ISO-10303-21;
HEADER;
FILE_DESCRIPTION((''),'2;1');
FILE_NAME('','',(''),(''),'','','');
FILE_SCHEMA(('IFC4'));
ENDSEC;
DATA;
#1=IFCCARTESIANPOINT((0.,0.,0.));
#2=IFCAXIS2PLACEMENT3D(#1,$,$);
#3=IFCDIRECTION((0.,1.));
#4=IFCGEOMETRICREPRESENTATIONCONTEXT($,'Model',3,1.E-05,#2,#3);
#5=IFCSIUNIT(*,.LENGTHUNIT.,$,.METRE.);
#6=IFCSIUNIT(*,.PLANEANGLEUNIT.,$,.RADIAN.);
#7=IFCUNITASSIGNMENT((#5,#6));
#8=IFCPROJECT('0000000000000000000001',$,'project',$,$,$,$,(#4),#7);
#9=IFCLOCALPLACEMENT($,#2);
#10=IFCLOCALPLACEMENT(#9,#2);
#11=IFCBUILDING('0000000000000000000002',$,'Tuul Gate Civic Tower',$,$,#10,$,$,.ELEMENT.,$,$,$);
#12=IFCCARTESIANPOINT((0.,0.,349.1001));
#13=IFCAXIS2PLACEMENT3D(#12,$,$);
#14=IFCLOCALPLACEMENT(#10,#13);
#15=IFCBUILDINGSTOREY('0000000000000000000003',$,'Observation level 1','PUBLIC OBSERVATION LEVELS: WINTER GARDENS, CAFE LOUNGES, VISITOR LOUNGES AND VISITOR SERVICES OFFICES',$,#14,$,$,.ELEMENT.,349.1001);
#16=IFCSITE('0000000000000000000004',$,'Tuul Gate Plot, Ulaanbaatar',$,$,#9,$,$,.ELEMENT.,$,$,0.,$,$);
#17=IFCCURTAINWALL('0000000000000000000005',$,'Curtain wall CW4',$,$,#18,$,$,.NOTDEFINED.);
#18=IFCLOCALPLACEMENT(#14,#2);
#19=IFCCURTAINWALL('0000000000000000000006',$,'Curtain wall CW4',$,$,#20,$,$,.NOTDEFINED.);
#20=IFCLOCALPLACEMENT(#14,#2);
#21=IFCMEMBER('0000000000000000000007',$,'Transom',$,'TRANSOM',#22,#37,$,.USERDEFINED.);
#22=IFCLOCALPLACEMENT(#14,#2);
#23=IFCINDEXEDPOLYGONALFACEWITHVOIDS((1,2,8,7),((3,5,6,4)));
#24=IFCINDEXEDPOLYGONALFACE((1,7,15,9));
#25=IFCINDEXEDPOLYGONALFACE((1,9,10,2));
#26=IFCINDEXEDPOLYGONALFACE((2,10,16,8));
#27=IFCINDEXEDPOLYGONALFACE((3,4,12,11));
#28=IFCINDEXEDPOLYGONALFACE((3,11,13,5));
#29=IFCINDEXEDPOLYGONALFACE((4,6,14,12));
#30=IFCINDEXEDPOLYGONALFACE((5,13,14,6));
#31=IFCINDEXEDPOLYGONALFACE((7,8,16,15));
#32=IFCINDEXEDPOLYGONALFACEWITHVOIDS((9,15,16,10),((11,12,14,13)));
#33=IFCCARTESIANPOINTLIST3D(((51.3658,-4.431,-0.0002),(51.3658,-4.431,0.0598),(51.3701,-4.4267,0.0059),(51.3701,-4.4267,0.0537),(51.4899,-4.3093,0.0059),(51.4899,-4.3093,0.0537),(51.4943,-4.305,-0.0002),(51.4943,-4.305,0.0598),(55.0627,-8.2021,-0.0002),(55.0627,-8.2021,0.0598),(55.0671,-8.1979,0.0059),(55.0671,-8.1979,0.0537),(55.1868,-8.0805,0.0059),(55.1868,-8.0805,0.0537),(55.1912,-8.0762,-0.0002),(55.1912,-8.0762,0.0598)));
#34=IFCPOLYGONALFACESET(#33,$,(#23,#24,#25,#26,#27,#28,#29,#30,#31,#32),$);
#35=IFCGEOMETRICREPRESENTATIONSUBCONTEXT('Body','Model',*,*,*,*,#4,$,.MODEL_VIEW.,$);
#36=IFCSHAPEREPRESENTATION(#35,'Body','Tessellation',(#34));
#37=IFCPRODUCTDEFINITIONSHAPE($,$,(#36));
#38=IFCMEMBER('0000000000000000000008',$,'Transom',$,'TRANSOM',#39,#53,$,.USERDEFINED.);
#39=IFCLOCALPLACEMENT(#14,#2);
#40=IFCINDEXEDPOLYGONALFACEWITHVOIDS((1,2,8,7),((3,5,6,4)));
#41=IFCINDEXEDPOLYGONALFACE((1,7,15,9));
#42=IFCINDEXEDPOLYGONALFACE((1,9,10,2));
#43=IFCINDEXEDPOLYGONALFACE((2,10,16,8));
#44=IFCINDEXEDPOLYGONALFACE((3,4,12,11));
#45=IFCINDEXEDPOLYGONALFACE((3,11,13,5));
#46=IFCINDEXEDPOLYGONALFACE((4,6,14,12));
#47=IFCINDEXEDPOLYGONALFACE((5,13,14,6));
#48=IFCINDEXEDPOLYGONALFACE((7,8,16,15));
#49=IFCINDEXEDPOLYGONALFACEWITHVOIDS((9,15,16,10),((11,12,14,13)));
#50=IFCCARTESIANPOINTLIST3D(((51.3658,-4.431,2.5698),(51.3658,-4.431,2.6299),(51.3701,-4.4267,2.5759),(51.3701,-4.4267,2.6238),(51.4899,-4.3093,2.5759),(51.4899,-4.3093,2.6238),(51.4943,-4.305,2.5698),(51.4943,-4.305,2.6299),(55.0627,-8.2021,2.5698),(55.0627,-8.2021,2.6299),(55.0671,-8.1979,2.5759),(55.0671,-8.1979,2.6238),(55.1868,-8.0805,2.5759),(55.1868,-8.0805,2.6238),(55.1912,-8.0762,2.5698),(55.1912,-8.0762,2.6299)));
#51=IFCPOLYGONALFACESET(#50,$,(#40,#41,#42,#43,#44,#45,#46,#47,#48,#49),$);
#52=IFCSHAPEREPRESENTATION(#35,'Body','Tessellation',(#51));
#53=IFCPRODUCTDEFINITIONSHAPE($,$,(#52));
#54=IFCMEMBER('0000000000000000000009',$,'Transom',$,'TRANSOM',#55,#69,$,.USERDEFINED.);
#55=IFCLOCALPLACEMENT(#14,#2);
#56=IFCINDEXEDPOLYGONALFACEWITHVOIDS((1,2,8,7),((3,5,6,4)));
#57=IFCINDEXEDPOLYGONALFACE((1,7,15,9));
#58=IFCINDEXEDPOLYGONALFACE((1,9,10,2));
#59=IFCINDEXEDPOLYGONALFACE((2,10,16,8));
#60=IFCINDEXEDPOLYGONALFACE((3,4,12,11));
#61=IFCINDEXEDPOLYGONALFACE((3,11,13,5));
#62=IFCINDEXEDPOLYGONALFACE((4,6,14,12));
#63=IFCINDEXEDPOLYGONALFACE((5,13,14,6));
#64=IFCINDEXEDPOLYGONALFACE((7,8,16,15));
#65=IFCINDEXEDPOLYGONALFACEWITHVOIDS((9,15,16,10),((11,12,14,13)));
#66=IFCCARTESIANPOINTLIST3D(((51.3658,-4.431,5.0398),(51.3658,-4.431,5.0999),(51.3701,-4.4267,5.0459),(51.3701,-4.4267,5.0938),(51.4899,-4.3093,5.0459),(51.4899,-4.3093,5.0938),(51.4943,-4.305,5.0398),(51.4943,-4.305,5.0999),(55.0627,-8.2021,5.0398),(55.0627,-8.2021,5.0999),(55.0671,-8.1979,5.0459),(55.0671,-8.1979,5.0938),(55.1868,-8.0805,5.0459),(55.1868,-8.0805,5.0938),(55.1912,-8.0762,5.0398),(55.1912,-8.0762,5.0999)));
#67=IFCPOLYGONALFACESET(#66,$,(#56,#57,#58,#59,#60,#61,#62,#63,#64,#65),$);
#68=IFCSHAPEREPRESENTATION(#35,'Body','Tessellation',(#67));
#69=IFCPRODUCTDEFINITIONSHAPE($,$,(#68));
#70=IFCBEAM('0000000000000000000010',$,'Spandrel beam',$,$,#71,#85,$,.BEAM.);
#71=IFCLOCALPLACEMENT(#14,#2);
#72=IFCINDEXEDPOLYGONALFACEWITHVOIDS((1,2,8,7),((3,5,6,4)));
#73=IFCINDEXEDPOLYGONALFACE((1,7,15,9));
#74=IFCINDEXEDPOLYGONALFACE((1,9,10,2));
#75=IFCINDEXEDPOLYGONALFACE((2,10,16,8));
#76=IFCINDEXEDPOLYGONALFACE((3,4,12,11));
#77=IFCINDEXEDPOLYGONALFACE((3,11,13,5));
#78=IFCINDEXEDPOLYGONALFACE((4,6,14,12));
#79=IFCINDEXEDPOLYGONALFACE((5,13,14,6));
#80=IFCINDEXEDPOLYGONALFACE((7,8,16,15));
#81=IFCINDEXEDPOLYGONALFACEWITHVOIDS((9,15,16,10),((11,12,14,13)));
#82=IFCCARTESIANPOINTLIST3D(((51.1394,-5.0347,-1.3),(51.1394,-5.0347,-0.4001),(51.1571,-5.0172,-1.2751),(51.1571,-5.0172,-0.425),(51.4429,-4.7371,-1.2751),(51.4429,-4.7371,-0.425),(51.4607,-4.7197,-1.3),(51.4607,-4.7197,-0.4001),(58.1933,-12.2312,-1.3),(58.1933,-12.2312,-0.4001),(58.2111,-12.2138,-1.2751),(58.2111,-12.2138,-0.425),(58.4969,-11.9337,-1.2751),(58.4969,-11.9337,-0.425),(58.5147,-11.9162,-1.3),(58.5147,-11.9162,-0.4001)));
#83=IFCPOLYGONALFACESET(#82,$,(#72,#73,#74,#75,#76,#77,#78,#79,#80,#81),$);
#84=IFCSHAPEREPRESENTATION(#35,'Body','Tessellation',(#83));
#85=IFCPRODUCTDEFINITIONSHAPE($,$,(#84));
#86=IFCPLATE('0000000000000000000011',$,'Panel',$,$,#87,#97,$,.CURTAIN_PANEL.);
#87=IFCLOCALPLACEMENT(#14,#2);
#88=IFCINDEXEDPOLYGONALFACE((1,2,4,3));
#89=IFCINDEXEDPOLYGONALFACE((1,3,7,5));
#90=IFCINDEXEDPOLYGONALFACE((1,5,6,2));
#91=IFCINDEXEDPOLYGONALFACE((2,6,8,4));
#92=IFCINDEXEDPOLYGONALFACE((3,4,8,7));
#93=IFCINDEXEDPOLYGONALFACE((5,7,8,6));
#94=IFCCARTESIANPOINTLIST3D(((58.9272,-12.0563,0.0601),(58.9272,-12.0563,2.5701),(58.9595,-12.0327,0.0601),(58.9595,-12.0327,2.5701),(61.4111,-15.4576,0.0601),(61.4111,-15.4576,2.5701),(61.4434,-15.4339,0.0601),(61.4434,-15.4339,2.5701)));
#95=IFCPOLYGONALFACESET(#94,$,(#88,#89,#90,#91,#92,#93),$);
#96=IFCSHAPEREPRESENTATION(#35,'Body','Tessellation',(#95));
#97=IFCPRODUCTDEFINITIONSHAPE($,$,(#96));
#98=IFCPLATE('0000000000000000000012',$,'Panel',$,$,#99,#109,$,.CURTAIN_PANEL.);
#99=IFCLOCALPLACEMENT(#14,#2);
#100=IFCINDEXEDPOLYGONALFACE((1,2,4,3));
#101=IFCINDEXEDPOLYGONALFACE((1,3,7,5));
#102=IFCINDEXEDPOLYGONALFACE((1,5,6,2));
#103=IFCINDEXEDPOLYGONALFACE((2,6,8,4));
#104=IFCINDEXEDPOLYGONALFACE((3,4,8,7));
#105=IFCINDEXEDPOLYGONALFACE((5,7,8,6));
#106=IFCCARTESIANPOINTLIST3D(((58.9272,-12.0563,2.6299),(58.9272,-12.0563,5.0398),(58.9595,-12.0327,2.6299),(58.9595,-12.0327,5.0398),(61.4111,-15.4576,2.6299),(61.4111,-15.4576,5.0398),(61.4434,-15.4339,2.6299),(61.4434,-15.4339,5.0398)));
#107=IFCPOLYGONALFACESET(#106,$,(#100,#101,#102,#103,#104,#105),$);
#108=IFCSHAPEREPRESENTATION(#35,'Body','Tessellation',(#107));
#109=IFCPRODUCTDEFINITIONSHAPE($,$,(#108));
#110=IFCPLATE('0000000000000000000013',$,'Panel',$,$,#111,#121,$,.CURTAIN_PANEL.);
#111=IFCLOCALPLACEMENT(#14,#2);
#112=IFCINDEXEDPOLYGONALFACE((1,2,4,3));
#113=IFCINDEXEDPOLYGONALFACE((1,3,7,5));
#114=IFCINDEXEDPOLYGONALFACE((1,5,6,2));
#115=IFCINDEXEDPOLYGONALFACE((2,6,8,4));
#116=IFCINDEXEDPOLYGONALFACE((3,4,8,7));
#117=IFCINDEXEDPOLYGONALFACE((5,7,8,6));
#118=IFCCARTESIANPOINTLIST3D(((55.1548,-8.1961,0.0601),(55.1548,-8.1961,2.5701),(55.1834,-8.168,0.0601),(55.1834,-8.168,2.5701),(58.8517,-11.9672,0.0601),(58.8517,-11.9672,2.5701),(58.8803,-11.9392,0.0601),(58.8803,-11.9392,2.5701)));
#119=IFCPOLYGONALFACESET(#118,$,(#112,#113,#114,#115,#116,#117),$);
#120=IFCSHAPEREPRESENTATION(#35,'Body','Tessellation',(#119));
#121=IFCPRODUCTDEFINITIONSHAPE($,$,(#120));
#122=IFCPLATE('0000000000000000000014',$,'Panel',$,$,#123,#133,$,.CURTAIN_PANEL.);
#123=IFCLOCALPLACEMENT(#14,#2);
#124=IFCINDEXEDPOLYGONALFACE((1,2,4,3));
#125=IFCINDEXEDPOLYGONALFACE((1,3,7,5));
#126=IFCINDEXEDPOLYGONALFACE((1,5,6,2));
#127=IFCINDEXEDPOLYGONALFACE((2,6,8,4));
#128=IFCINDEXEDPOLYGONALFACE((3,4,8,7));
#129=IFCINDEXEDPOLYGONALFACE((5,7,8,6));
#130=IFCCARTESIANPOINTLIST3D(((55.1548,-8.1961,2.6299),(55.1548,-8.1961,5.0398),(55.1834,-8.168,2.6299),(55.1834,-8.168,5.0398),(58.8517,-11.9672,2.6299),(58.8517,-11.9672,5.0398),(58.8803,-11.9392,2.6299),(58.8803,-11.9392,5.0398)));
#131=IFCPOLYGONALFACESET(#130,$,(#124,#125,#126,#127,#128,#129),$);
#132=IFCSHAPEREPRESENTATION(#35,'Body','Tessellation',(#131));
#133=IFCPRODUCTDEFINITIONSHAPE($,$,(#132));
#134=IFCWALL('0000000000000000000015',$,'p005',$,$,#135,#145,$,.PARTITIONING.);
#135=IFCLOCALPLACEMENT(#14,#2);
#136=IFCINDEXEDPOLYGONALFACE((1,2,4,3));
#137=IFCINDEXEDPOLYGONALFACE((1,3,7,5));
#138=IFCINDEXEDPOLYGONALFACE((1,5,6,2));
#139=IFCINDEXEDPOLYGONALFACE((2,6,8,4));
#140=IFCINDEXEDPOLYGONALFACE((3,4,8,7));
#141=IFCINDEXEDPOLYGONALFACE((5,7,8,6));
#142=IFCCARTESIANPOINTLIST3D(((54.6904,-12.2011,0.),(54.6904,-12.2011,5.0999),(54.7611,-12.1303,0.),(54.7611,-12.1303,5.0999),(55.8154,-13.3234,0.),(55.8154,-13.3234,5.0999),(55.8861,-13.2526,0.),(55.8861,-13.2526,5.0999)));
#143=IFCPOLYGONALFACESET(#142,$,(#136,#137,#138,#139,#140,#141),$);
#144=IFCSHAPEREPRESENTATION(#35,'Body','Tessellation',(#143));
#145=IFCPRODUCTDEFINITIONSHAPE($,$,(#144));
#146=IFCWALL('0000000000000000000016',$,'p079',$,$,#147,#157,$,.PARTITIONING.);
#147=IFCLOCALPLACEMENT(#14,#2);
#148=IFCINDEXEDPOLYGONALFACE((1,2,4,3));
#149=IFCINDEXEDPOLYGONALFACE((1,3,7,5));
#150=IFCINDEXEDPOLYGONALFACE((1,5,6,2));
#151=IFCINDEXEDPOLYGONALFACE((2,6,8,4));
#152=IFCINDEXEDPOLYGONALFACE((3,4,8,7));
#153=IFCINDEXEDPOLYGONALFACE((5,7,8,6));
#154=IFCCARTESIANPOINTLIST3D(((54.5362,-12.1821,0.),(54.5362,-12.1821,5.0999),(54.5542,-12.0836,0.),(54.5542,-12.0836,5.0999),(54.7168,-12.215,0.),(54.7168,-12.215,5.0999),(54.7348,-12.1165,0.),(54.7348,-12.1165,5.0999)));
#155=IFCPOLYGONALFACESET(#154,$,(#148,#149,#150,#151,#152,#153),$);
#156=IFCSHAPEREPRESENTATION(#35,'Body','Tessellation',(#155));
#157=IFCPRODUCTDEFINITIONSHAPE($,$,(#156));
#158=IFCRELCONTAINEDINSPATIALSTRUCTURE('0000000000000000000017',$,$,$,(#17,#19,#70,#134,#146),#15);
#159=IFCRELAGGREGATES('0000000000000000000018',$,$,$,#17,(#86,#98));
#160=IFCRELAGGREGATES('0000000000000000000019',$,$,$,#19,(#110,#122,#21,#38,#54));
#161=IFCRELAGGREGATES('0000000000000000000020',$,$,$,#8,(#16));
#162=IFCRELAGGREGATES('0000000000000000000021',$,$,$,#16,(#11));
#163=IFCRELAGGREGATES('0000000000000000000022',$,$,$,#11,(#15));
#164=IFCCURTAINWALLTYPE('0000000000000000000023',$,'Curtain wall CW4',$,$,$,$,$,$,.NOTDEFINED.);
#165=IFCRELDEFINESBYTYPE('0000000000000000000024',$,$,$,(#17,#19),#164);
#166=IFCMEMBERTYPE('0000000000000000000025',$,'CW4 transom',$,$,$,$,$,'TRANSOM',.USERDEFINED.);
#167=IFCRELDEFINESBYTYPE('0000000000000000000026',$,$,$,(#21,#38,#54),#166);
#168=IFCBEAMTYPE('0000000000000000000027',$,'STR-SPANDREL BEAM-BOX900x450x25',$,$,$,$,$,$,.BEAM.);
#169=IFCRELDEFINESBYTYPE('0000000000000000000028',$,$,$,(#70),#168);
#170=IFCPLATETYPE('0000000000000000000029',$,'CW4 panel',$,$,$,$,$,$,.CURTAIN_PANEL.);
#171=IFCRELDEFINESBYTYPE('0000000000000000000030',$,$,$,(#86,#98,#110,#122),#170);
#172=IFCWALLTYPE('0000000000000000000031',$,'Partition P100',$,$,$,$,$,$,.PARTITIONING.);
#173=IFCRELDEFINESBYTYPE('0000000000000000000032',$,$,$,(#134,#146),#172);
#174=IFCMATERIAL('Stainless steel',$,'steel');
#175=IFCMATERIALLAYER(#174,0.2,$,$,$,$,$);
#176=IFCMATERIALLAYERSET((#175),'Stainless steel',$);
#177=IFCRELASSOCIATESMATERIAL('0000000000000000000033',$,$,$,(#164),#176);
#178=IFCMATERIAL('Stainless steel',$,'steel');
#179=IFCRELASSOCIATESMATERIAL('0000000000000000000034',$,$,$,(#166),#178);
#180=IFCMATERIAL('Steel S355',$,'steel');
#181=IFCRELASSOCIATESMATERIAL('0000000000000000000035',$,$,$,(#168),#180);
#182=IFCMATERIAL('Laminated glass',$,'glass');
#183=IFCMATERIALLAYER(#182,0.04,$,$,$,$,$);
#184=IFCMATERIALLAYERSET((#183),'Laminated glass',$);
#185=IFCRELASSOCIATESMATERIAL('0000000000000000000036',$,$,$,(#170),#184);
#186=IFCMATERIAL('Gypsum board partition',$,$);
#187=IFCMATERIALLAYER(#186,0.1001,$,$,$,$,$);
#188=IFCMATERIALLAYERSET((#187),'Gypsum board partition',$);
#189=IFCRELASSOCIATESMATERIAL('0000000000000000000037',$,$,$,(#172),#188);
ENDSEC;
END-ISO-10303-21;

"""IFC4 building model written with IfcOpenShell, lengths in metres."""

from ifc_helpers import new_model, si_unit, direction, frame, frame_2d, origin, origin_2d, place, context, subcontext, project, spatial, rectangle, hollow_rectangle, extrude, material, layer, layer_set, material_profile, profile_set, type_object, element, aggregate, save


model = new_model("IFC4")

# Units and contexts
model_context = context("Model", 3, precision=1e-05, world=origin(), true_north=direction((0.0, 1.0)))
body_context = subcontext(model_context, "Body", "Model", "MODEL_VIEW")
ifc_project = project(units=[si_unit("LENGTHUNIT", "METRE"), si_unit("PLANEANGLEUNIT", "RADIAN")], contexts=[model_context])

# Site, building, storey
site_placement = place(None, origin())
site = spatial("IfcSite", under=ifc_project, at=site_placement, Name="Tuul Gate Plot, Ulaanbaatar", CompositionType="ELEMENT", RefElevation=0.0)
building_placement = place(site_placement, origin())
building = spatial("IfcBuilding", under=site, at=building_placement, Name="Tuul Gate Civic Tower", CompositionType="ELEMENT")
storey_placement = place(building_placement, frame((0.0, 0.0, 349.1001)))
storey = spatial("IfcBuildingStorey", under=building, at=storey_placement, Name="Observation level 1", Description="PUBLIC OBSERVATION LEVELS: WINTER GARDENS, CAFE LOUNGES, VISITOR LOUNGES AND VISITOR SERVICES OFFICES", CompositionType="ELEMENT", Elevation=349.1001)

# Curtain wall
ifc_material_1 = material(Name="Stainless steel", Category="steel")
ifc_layer_1 = layer(ifc_material_1, 0.2)
ifc_layer_set_1 = layer_set([ifc_layer_1], Name="Stainless steel")
curtain_wall_type = type_object("IfcCurtainWallType", Name="Curtain wall CW4", PredefinedType="NOTDEFINED", material=ifc_layer_set_1)
curtain_wall_1_placement = place(storey_placement, origin())
curtain_wall_1 = element("IfcCurtainWall", 1, at=curtain_wall_1_placement, inside=storey, type_object=curtain_wall_type, Name="Curtain wall CW4", PredefinedType="NOTDEFINED")

# Curtain wall
curtain_wall_2_placement = place(storey_placement, origin())
curtain_wall_2 = element("IfcCurtainWall", 2, at=curtain_wall_2_placement, inside=storey, type_object=curtain_wall_type, Name="Curtain wall CW4", PredefinedType="NOTDEFINED")

# Members
ifc_material_2 = material(Name="Stainless steel", Category="steel")
ifc_material_profile_1 = material_profile(ifc_material_2, hollow_rectangle(XDim=0.1799, YDim=0.0601, WallThickness=0.0061, at=origin_2d()), Name="CW4 transom")
ifc_profile_set_1 = profile_set([ifc_material_profile_1], Name="Stainless steel")
member_type_1 = type_object("IfcMemberType", Name="CW4 transom", ElementType="TRANSOM", PredefinedType="USERDEFINED", material=ifc_profile_set_1)
member_1_placement = place(storey_placement, frame((55.127, -8.1392, 0.0298), z_axis=(-0.700045, 0.714099, 0.0), x_axis=(-0.714099, -0.700045, 0.0)))
member_1 = element("IfcMember", 3, at=member_1_placement, type_object=member_type_1, Name="Transom", ObjectType="TRANSOM", PredefinedType="USERDEFINED", context=body_context, shape_type="SweptSolid", body=[
    extrude(hollow_rectangle(XDim=0.1799, YDim=0.0601, WallThickness=0.0061, at=origin_2d()), origin(), (0.0, 0.0, 1.0), 5.281),
])
member_2_placement = place(storey_placement, frame((55.127, -8.1392, 2.5999), z_axis=(-0.700045, 0.714099, 0.0), x_axis=(-0.714099, -0.700045, 0.0)))
member_2 = element("IfcMember", 4, at=member_2_placement, type_object=member_type_1, Name="Transom", ObjectType="TRANSOM", PredefinedType="USERDEFINED", context=body_context, shape_type="SweptSolid", body=[
    extrude(hollow_rectangle(XDim=0.1799, YDim=0.0601, WallThickness=0.0061, at=origin_2d()), origin(), (0.0, 0.0, 1.0), 5.281),
])
member_3_placement = place(storey_placement, frame((55.127, -8.1392, 5.0698), z_axis=(-0.700045, 0.714099, 0.0), x_axis=(-0.714099, -0.700045, 0.0)))
member_3 = element("IfcMember", 5, at=member_3_placement, type_object=member_type_1, Name="Transom", ObjectType="TRANSOM", PredefinedType="USERDEFINED", context=body_context, shape_type="SweptSolid", body=[
    extrude(hollow_rectangle(XDim=0.1799, YDim=0.0601, WallThickness=0.0061, at=origin_2d()), origin(), (0.0, 0.0, 1.0), 5.281),
])

# Beam
ifc_material_3 = material(Name="Steel S355", Category="steel")
ifc_material_profile_2 = material_profile(ifc_material_3, hollow_rectangle(XDim=0.45, YDim=0.8999, WallThickness=0.0249, at=origin_2d()), Name="BOX900x450x25")
ifc_profile_set_2 = profile_set([ifc_material_profile_2], Name="Steel S355")
beam_type = type_object("IfcBeamType", Name="STR-SPANDREL BEAM-BOX900x450x25", PredefinedType="BEAM", material=ifc_profile_set_2)
beam_placement = place(storey_placement, frame((58.354, -12.0737, -0.8501), z_axis=(-0.699997, 0.714146, 0.0), x_axis=(-0.714146, -0.699997, 0.0)))
element("IfcBeam", 6, at=beam_placement, inside=storey, type_object=beam_type, Name="Spandrel beam", PredefinedType="BEAM", context=body_context, shape_type="SweptSolid", body=[
    extrude(hollow_rectangle(XDim=0.45, YDim=0.8999, WallThickness=0.0249, at=origin_2d()), origin(), (0.0, 0.0, 1.0), 10.0771),
])

# Plates
ifc_material_4 = material(Name="Laminated glass", Category="glass")
ifc_layer_2 = layer(ifc_material_4, 0.04)
ifc_layer_set_2 = layer_set([ifc_layer_2], Name="Laminated glass")
plate_type = type_object("IfcPlateType", Name="CW4 panel", PredefinedType="CURTAIN_PANEL", material=ifc_layer_set_2)
plate_1_placement = place(storey_placement, frame((60.1853, -13.7451, 0.0601), z_axis=(0.0, 0.0, 1.0), x_axis=(-0.58976, 0.807578, 0.0)))
plate_1 = element("IfcPlate", 7, at=plate_1_placement, type_object=plate_type, Name="Panel", PredefinedType="CURTAIN_PANEL", context=body_context, shape_type="SweptSolid", body=[
    extrude(rectangle(XDim=4.2117, YDim=0.04, at=origin_2d()), origin(), (0.0, 0.0, 1.0), 2.51),
])
plate_2_placement = place(storey_placement, frame((60.1853, -13.7451, 2.6299), z_axis=(0.0, 0.0, 1.0), x_axis=(-0.58976, 0.807578, 0.0)))
plate_2 = element("IfcPlate", 8, at=plate_2_placement, type_object=plate_type, Name="Panel", PredefinedType="CURTAIN_PANEL", context=body_context, shape_type="SweptSolid", body=[
    extrude(rectangle(XDim=4.2117, YDim=0.04, at=origin_2d()), origin(), (0.0, 0.0, 1.0), 2.4099),
])
aggregate(curtain_wall_1, [plate_1, plate_2])
plate_3_placement = place(storey_placement, frame((57.0176, -10.0676, 0.0601), z_axis=(0.0, 0.0, 1.0), x_axis=(-0.700043, 0.7141, 0.0)))
plate_3 = element("IfcPlate", 9, at=plate_3_placement, type_object=plate_type, Name="Panel", PredefinedType="CURTAIN_PANEL", context=body_context, shape_type="SweptSolid", body=[
    extrude(rectangle(XDim=5.281, YDim=0.04, at=origin_2d()), origin(), (0.0, 0.0, 1.0), 2.51),
])
plate_4_placement = place(storey_placement, frame((57.0176, -10.0676, 2.6299), z_axis=(0.0, 0.0, 1.0), x_axis=(-0.700043, 0.7141, 0.0)))
plate_4 = element("IfcPlate", 10, at=plate_4_placement, type_object=plate_type, Name="Panel", PredefinedType="CURTAIN_PANEL", context=body_context, shape_type="SweptSolid", body=[
    extrude(rectangle(XDim=5.281, YDim=0.04, at=origin_2d()), origin(), (0.0, 0.0, 1.0), 2.4099),
])
aggregate(curtain_wall_2, [plate_3, plate_4, member_1, member_2, member_3])

# Walls
ifc_material_5 = material(Name="Gypsum board partition")
ifc_layer_3 = layer(ifc_material_5, 0.1001)
ifc_layer_set_3 = layer_set([ifc_layer_3], Name="Gypsum board partition")
wall_type = type_object("IfcWallType", Name="Partition P100", PredefinedType="PARTITIONING", material=ifc_layer_set_3)
wall_1_placement = place(storey_placement, frame((54.7258, -12.1658, 0.0), z_axis=(0.0, 0.0, 1.0), x_axis=(0.707951, -0.706261, 0.0)))
element("IfcWall", 11, at=wall_1_placement, inside=storey, type_object=wall_type, Name="p005", PredefinedType="PARTITIONING", context=body_context, shape_type="SweptSolid", body=[
    extrude(rectangle(XDim=1.5891, YDim=0.1001, at=frame_2d((0.7944, 0.0))), origin(), (0.0, 0.0, 1.0), 5.0999),
])
wall_2_placement = place(storey_placement, frame((54.7258, -12.1658, 0.0), z_axis=(0.0, 0.0, 1.0), x_axis=(-0.983763, 0.17947, 0.0)))
element("IfcWall", 12, at=wall_2_placement, inside=storey, type_object=wall_type, Name="p079", PredefinedType="PARTITIONING", context=body_context, shape_type="SweptSolid", body=[
    extrude(rectangle(XDim=0.1836, YDim=0.1001, at=frame_2d((0.0918, 0.0))), origin(), (0.0, 0.0, 1.0), 5.0999),
])

save(model, "model.ifc")
